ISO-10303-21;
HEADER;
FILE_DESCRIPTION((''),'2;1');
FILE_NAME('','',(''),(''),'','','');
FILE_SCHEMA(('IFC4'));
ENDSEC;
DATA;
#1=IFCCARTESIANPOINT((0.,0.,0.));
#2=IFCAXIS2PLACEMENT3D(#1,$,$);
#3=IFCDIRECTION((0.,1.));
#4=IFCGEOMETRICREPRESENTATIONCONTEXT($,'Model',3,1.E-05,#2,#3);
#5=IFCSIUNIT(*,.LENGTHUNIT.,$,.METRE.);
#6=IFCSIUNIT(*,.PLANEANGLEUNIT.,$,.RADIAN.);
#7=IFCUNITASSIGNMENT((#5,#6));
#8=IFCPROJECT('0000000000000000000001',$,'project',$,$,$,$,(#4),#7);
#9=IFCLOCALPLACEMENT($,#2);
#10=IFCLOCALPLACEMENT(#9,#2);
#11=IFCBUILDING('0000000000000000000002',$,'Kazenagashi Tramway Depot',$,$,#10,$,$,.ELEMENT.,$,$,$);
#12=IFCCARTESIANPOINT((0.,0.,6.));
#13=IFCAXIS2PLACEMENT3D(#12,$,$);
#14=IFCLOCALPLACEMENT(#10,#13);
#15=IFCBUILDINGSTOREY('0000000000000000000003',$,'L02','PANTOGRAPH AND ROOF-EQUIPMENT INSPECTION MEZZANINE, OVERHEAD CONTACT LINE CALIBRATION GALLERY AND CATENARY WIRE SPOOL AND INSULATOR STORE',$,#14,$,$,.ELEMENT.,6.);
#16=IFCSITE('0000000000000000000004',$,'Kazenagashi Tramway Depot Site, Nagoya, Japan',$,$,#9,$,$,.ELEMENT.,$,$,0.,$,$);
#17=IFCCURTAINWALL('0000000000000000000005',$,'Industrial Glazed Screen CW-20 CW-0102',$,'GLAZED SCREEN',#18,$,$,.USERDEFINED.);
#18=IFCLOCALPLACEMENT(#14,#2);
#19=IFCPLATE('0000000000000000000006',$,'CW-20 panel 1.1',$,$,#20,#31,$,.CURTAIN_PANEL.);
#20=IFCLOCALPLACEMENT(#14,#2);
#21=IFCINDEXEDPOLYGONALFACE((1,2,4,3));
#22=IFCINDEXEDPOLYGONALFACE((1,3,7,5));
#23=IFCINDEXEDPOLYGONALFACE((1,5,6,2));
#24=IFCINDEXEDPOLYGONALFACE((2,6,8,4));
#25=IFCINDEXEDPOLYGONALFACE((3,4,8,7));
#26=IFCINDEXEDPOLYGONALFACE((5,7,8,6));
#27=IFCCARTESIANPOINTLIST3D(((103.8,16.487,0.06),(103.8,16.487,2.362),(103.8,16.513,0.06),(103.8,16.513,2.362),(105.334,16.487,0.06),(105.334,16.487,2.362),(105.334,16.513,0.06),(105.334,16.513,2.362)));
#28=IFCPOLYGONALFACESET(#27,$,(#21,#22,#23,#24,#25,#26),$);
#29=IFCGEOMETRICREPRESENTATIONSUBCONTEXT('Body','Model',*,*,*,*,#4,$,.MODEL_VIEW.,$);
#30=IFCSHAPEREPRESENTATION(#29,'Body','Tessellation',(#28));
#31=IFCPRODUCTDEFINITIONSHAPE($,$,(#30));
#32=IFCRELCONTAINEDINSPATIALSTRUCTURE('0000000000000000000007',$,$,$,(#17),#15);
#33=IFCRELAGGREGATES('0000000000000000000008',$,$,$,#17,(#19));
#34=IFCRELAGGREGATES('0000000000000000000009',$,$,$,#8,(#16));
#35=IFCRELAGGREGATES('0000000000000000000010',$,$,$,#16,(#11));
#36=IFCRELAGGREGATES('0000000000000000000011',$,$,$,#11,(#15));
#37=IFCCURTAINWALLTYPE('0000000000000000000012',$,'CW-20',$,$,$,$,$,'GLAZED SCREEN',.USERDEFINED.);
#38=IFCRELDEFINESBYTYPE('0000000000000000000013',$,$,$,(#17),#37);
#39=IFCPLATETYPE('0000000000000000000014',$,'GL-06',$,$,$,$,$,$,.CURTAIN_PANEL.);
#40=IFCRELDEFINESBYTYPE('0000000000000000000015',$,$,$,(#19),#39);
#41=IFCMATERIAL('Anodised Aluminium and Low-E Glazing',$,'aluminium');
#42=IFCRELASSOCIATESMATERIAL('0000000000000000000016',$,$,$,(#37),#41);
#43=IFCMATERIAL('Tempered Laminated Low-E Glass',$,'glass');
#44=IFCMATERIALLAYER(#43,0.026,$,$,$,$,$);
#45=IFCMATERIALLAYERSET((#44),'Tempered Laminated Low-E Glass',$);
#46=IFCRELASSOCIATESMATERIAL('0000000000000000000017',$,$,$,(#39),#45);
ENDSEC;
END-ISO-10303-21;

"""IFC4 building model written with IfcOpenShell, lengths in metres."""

from ifc_helpers import new_model, si_unit, direction, frame, origin, origin_2d, place, context, subcontext, project, spatial, rectangle, extrude, material, layer, layer_set, type_object, element, aggregate, save


model = new_model("IFC4")

# Units and contexts
model_context = context("Model", 3, precision=1e-05, world=origin(), true_north=direction((0.0, 1.0)))
body_context = subcontext(model_context, "Body", "Model", "MODEL_VIEW")
ifc_project = project(units=[si_unit("LENGTHUNIT", "METRE"), si_unit("PLANEANGLEUNIT", "RADIAN")], contexts=[model_context])

# Site, building, storey
site_placement = place(None, origin())
site = spatial("IfcSite", under=ifc_project, at=site_placement, Name="Kazenagashi Tramway Depot Site, Nagoya, Japan", CompositionType="ELEMENT", RefElevation=0.0)
building_placement = place(site_placement, origin())
building = spatial("IfcBuilding", under=site, at=building_placement, Name="Kazenagashi Tramway Depot", CompositionType="ELEMENT")
storey_placement = place(building_placement, frame((0.0, 0.0, 6.0)))
storey = spatial("IfcBuildingStorey", under=building, at=storey_placement, Name="L02", Description="PANTOGRAPH AND ROOF-EQUIPMENT INSPECTION MEZZANINE, OVERHEAD CONTACT LINE CALIBRATION GALLERY AND CATENARY WIRE SPOOL AND INSULATOR STORE", CompositionType="ELEMENT", Elevation=6.0)

# Shared definitions
ifc_material_1 = material(Name="Anodised Aluminium and Low-E Glazing", Category="aluminium")
curtain_wall_type = type_object("IfcCurtainWallType", Name="CW-20", ElementType="GLAZED SCREEN", PredefinedType="USERDEFINED", material=ifc_material_1)

# Curtain wall
curtain_wall_1_placement = place(storey_placement, origin())
curtain_wall_1 = element("IfcCurtainWall", 1, at=curtain_wall_1_placement, inside=storey, type_object=curtain_wall_type, Name="Industrial Glazed Screen CW-20 CW-0102", ObjectType="GLAZED SCREEN", PredefinedType="USERDEFINED")

# Plate
ifc_material_2 = material(Name="Tempered Laminated Low-E Glass", Category="glass")
ifc_layer_1 = layer(ifc_material_2, 0.026)
ifc_layer_set_1 = layer_set([ifc_layer_1], Name="Tempered Laminated Low-E Glass")
plate_type_1 = type_object("IfcPlateType", Name="GL-06", PredefinedType="CURTAIN_PANEL", material=ifc_layer_set_1)
plate_1_placement = place(storey_placement, frame((104.567, 16.5, 0.06), z_axis=(0.0, 0.0, 1.0), x_axis=(1.0, 0.0, 0.0)))
plate_1 = element("IfcPlate", 2, at=plate_1_placement, type_object=plate_type_1, Name="CW-20 panel 1.1", PredefinedType="CURTAIN_PANEL", context=body_context, shape_type="SweptSolid", body=[
    extrude(rectangle(XDim=1.534, YDim=0.026, at=origin_2d()), origin(), (0.0, 0.0, 1.0), 2.302),
])
aggregate(curtain_wall_1, [plate_1])

save(model, "model.ifc")
